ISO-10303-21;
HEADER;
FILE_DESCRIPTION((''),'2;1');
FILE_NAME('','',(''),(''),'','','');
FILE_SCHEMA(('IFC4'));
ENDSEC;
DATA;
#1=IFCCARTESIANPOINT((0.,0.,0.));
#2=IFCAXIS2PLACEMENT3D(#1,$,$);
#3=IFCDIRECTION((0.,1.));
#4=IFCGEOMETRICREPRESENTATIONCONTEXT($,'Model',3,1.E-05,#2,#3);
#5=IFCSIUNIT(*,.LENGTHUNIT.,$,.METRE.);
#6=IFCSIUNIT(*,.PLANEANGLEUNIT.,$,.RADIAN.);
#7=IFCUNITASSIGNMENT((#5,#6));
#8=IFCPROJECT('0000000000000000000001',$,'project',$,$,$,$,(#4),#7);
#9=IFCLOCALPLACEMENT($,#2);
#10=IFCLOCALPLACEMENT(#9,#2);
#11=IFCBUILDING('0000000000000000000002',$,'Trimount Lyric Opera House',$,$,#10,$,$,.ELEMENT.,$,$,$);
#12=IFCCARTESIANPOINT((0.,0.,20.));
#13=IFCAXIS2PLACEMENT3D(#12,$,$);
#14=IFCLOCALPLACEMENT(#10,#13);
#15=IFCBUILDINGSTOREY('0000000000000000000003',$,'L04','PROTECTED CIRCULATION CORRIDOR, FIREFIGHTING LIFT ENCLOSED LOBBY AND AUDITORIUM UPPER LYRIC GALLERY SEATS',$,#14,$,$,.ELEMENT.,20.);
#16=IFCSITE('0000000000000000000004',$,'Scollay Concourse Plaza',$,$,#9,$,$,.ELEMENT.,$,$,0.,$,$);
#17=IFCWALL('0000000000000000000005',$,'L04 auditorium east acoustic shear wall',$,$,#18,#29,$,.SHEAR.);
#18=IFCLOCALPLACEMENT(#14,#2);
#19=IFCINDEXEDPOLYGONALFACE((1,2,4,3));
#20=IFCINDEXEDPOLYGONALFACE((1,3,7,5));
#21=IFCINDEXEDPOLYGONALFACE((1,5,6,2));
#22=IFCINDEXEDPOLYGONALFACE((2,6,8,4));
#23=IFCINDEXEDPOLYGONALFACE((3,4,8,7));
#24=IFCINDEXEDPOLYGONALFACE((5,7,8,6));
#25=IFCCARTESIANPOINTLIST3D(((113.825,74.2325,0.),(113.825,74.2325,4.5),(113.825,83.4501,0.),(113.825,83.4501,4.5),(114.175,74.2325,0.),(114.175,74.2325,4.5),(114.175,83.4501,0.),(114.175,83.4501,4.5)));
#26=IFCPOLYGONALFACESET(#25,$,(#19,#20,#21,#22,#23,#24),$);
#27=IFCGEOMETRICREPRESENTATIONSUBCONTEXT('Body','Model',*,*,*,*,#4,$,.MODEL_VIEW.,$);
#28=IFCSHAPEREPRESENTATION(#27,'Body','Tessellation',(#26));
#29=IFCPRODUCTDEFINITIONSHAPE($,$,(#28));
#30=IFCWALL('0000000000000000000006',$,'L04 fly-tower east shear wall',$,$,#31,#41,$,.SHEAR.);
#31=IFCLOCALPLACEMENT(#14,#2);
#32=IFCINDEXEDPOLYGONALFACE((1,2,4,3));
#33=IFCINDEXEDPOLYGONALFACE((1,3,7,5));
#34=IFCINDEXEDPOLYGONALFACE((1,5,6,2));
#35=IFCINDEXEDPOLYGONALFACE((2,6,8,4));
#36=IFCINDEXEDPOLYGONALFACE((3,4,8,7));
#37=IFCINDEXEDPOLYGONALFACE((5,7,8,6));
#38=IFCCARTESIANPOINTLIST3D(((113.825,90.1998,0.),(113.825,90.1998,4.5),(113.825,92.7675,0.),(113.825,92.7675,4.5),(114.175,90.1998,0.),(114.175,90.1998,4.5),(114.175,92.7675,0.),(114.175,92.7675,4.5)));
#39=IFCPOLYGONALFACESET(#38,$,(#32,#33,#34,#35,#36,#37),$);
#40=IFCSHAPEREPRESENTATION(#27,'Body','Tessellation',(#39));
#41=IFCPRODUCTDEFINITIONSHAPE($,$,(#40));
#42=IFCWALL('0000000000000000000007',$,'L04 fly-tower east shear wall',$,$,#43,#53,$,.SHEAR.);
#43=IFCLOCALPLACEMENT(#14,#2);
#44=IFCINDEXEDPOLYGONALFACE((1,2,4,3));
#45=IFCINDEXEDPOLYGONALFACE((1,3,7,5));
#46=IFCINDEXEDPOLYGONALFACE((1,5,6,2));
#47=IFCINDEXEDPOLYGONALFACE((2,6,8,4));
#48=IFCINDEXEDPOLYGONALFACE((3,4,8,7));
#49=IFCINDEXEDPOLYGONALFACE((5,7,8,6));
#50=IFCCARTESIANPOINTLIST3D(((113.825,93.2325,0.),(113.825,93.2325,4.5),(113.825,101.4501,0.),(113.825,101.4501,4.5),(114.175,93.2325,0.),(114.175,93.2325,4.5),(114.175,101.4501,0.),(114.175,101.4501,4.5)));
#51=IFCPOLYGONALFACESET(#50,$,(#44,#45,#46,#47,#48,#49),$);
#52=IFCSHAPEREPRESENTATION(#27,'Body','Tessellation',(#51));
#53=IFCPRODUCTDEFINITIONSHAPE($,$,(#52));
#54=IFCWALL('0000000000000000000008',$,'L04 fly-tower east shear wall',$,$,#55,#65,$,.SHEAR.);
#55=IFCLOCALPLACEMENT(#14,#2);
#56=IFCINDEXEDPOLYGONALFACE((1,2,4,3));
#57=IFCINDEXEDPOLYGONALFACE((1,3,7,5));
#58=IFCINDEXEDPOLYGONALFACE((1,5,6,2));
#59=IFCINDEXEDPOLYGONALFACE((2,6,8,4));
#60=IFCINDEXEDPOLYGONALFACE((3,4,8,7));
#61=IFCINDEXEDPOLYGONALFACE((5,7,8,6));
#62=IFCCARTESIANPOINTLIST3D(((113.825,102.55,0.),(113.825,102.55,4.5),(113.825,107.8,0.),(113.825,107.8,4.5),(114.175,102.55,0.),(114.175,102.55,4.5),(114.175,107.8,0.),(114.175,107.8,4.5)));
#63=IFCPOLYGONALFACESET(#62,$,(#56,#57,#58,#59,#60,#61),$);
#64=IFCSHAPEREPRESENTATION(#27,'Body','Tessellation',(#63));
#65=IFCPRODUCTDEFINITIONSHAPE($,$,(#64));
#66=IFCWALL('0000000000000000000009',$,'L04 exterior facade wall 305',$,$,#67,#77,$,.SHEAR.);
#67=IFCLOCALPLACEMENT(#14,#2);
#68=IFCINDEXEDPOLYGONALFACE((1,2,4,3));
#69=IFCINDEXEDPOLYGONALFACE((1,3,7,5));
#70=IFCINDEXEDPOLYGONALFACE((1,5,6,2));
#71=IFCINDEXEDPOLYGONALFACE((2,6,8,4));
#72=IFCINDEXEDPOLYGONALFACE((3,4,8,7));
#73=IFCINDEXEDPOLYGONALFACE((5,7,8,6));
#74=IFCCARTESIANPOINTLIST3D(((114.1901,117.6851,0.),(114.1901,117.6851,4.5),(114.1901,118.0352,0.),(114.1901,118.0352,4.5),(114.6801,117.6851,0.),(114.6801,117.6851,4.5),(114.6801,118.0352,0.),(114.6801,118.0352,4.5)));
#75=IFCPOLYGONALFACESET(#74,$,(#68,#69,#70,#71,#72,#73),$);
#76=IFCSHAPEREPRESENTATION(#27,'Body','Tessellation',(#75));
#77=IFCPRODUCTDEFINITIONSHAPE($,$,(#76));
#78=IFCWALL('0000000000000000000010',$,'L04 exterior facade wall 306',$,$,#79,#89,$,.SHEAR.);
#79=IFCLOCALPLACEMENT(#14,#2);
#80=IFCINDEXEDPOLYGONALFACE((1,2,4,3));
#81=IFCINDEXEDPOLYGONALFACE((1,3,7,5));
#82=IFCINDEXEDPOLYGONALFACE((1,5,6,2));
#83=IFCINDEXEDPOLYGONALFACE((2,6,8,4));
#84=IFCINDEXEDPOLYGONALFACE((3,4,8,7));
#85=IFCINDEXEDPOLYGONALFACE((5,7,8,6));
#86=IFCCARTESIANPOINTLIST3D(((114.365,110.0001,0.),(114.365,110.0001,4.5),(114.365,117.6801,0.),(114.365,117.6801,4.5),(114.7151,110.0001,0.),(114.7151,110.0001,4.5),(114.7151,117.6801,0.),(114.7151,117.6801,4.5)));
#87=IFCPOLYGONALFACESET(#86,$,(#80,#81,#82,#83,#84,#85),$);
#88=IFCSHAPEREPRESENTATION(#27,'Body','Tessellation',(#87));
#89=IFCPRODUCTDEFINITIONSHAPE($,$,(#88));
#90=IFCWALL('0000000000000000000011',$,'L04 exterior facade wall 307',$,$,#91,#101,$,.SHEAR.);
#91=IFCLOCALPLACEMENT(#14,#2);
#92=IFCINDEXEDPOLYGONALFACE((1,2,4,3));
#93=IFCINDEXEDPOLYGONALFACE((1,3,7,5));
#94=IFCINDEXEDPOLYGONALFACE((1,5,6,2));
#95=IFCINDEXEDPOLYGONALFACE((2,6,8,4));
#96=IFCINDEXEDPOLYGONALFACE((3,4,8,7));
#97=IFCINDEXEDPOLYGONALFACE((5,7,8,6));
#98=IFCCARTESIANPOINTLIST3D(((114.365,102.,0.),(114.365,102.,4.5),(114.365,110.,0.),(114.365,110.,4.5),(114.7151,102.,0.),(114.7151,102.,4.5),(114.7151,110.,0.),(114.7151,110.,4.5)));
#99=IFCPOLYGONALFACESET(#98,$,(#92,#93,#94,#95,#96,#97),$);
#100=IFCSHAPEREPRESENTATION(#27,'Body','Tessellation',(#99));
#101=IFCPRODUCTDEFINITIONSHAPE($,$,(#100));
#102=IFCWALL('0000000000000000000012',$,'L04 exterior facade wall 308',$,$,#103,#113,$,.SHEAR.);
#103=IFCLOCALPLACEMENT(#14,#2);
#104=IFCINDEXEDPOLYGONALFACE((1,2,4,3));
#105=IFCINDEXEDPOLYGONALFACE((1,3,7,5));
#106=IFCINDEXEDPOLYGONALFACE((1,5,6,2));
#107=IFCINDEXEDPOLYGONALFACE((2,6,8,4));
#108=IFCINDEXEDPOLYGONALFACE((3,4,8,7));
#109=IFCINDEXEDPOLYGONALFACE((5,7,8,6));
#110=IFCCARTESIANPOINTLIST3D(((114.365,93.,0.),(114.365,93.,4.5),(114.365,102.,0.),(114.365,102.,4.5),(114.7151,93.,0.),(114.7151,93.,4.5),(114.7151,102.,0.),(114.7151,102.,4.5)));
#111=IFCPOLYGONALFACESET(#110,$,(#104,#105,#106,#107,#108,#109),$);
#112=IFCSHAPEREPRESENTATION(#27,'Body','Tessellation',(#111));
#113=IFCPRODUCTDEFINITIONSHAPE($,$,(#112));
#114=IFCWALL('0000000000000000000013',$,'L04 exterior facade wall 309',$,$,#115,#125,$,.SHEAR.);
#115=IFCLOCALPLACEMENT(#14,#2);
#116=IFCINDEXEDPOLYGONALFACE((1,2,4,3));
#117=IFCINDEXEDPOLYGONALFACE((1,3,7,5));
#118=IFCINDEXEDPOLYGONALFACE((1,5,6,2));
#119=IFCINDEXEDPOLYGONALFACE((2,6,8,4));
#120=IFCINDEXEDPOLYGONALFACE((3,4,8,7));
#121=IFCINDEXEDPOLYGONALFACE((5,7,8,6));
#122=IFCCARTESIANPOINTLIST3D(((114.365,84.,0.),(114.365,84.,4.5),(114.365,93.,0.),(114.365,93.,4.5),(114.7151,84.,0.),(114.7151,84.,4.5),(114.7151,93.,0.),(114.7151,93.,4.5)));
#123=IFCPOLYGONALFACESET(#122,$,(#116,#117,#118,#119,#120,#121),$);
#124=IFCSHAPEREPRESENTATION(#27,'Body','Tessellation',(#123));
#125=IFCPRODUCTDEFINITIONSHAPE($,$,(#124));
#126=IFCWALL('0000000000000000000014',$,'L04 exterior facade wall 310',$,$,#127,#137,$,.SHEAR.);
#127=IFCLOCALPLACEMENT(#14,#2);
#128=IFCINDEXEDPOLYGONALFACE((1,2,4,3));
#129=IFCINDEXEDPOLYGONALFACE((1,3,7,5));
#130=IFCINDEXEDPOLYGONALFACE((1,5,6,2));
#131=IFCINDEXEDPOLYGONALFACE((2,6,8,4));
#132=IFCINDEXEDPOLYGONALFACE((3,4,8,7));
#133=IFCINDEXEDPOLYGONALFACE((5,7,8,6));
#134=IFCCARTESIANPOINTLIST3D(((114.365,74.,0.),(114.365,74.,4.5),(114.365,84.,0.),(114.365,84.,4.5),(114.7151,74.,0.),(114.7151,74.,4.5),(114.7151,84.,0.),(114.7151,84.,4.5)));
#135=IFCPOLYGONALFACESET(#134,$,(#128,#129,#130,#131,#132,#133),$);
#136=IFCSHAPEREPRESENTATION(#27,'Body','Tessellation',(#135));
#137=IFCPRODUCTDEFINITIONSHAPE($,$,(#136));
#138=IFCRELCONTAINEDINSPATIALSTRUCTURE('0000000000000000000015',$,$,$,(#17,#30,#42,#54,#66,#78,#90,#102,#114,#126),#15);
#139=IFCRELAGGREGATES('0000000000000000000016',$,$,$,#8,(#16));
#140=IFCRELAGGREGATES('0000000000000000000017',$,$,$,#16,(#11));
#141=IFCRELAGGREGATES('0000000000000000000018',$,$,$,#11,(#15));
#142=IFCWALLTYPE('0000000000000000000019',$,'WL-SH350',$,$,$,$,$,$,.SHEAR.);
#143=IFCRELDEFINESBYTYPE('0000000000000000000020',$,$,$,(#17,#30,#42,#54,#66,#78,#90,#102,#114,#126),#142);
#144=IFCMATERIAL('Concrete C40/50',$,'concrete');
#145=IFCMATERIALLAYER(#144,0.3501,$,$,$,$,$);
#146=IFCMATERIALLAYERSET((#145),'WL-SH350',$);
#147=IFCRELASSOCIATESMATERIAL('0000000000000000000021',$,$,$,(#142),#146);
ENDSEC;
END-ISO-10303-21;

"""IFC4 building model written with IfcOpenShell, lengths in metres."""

from ifc_helpers import new_model, si_unit, direction, frame, frame_2d, origin, place, context, subcontext, project, spatial, rectangle, extrude, material, layer, layer_set, type_object, element, save


model = new_model("IFC4")

# Units and contexts
model_context = context("Model", 3, precision=1e-05, world=origin(), true_north=direction((0.0, 1.0)))
body_context = subcontext(model_context, "Body", "Model", "MODEL_VIEW")
ifc_project = project(units=[si_unit("LENGTHUNIT", "METRE"), si_unit("PLANEANGLEUNIT", "RADIAN")], contexts=[model_context])

# Site, building, storey
site_placement = place(None, origin())
site = spatial("IfcSite", under=ifc_project, at=site_placement, Name="Scollay Concourse Plaza", CompositionType="ELEMENT", RefElevation=0.0)
building_placement = place(site_placement, origin())
building = spatial("IfcBuilding", under=site, at=building_placement, Name="Trimount Lyric Opera House", CompositionType="ELEMENT")
storey_placement = place(building_placement, frame((0.0, 0.0, 20.0)))
storey = spatial("IfcBuildingStorey", under=building, at=storey_placement, Name="L04", Description="PROTECTED CIRCULATION CORRIDOR, FIREFIGHTING LIFT ENCLOSED LOBBY AND AUDITORIUM UPPER LYRIC GALLERY SEATS", CompositionType="ELEMENT", Elevation=20.0)

# Walls
ifc_material_1 = material(Name="Concrete C40/50", Category="concrete")
ifc_layer_1 = layer(ifc_material_1, 0.3501)
ifc_layer_set_1 = layer_set([ifc_layer_1], Name="WL-SH350")
wall_type_1 = type_object("IfcWallType", Name="WL-SH350", PredefinedType="SHEAR", material=ifc_layer_set_1)
wall_1_placement = place(storey_placement, frame((114.0, 74.2324, 0.0), z_axis=(0.0, 0.0, 1.0), x_axis=(0.0, 1.0, 0.0)))
element("IfcWall", 1, at=wall_1_placement, inside=storey, type_object=wall_type_1, Name="L04 auditorium east acoustic shear wall", PredefinedType="SHEAR", context=body_context, shape_type="SweptSolid", body=[
    extrude(rectangle(XDim=9.2175, YDim=0.3501, at=frame_2d((4.6089, 0.0))), origin(), (0.0, 0.0, 1.0), 4.5),
])
wall_2_placement = place(storey_placement, frame((114.0, 90.2, 0.0), z_axis=(0.0, 0.0, 1.0), x_axis=(0.0, 1.0, 0.0)))
element("IfcWall", 2, at=wall_2_placement, inside=storey, type_object=wall_type_1, Name="L04 fly-tower east shear wall", PredefinedType="SHEAR", context=body_context, shape_type="SweptSolid", body=[
    extrude(rectangle(XDim=2.5676, YDim=0.3501, at=frame_2d((1.2837, 0.0))), origin(), (0.0, 0.0, 1.0), 4.5),
])
wall_3_placement = place(storey_placement, frame((114.0, 93.2324, 0.0), z_axis=(0.0, 0.0, 1.0), x_axis=(0.0, 1.0, 0.0)))
element("IfcWall", 3, at=wall_3_placement, inside=storey, type_object=wall_type_1, Name="L04 fly-tower east shear wall", PredefinedType="SHEAR", context=body_context, shape_type="SweptSolid", body=[
    extrude(rectangle(XDim=8.2175, YDim=0.3501, at=frame_2d((4.1089, 0.0))), origin(), (0.0, 0.0, 1.0), 4.5),
])
wall_4_placement = place(storey_placement, frame((114.0, 102.55, 0.0), z_axis=(0.0, 0.0, 1.0), x_axis=(0.0, 1.0, 0.0)))
element("IfcWall", 4, at=wall_4_placement, inside=storey, type_object=wall_type_1, Name="L04 fly-tower east shear wall", PredefinedType="SHEAR", context=body_context, shape_type="SweptSolid", body=[
    extrude(rectangle(XDim=5.25, YDim=0.3501, at=frame_2d((2.625, 0.0))), origin(), (0.0, 0.0, 1.0), 4.5),
])
wall_5_placement = place(storey_placement, frame((114.1899, 117.8601, 0.0), z_axis=(0.0, 0.0, 1.0), x_axis=(1.0, 0.0, 0.0)))
element("IfcWall", 5, at=wall_5_placement, inside=storey, type_object=wall_type_1, Name="L04 exterior facade wall 305", PredefinedType="SHEAR", context=body_context, shape_type="SweptSolid", body=[
    extrude(rectangle(XDim=0.49, YDim=0.3501, at=frame_2d((0.2451, 0.0))), origin(), (0.0, 0.0, 1.0), 4.5),
])
wall_6_placement = place(storey_placement, frame((114.54, 117.6799, 0.0), z_axis=(0.0, 0.0, 1.0), x_axis=(0.0, -1.0, 0.0)))
element("IfcWall", 6, at=wall_6_placement, inside=storey, type_object=wall_type_1, Name="L04 exterior facade wall 306", PredefinedType="SHEAR", context=body_context, shape_type="SweptSolid", body=[
    extrude(rectangle(XDim=7.6799, YDim=0.3501, at=frame_2d((3.8398, 0.0))), origin(), (0.0, 0.0, 1.0), 4.5),
])
wall_7_placement = place(storey_placement, frame((114.54, 110.0, 0.0), z_axis=(0.0, 0.0, 1.0), x_axis=(0.0, -1.0, 0.0)))
element("IfcWall", 7, at=wall_7_placement, inside=storey, type_object=wall_type_1, Name="L04 exterior facade wall 307", PredefinedType="SHEAR", context=body_context, shape_type="SweptSolid", body=[
    extrude(rectangle(XDim=8.0, YDim=0.3501, at=frame_2d((4.0, 0.0))), origin(), (0.0, 0.0, 1.0), 4.5),
])
for number, where, z_axis, x_axis, name in (
    (8, (114.54, 102.0, 0.0), (0.0, 0.0, 1.0), (0.0, -1.0, 0.0), "L04 exterior facade wall 308"),
    (9, (114.54, 93.0, 0.0), (0.0, 0.0, 1.0), (0.0, -1.0, 0.0), "L04 exterior facade wall 309"),
):
    element("IfcWall", number, at=place(storey_placement, frame(where, z_axis=z_axis, x_axis=x_axis)), inside=storey, type_object=wall_type_1, Name=name, PredefinedType="SHEAR", context=body_context, shape_type="SweptSolid", body=[
        extrude(rectangle(XDim=9.0, YDim=0.3501, at=frame_2d((4.5, 0.0))), origin(), (0.0, 0.0, 1.0), 4.5),
    ])
wall_8_placement = place(storey_placement, frame((114.54, 84.0, 0.0), z_axis=(0.0, 0.0, 1.0), x_axis=(0.0, -1.0, 0.0)))
element("IfcWall", 10, at=wall_8_placement, inside=storey, type_object=wall_type_1, Name="L04 exterior facade wall 310", PredefinedType="SHEAR", context=body_context, shape_type="SweptSolid", body=[
    extrude(rectangle(XDim=10.0, YDim=0.3501, at=frame_2d((5.0, 0.0))), origin(), (0.0, 0.0, 1.0), 4.5),
])

save(model, "model.ifc")
